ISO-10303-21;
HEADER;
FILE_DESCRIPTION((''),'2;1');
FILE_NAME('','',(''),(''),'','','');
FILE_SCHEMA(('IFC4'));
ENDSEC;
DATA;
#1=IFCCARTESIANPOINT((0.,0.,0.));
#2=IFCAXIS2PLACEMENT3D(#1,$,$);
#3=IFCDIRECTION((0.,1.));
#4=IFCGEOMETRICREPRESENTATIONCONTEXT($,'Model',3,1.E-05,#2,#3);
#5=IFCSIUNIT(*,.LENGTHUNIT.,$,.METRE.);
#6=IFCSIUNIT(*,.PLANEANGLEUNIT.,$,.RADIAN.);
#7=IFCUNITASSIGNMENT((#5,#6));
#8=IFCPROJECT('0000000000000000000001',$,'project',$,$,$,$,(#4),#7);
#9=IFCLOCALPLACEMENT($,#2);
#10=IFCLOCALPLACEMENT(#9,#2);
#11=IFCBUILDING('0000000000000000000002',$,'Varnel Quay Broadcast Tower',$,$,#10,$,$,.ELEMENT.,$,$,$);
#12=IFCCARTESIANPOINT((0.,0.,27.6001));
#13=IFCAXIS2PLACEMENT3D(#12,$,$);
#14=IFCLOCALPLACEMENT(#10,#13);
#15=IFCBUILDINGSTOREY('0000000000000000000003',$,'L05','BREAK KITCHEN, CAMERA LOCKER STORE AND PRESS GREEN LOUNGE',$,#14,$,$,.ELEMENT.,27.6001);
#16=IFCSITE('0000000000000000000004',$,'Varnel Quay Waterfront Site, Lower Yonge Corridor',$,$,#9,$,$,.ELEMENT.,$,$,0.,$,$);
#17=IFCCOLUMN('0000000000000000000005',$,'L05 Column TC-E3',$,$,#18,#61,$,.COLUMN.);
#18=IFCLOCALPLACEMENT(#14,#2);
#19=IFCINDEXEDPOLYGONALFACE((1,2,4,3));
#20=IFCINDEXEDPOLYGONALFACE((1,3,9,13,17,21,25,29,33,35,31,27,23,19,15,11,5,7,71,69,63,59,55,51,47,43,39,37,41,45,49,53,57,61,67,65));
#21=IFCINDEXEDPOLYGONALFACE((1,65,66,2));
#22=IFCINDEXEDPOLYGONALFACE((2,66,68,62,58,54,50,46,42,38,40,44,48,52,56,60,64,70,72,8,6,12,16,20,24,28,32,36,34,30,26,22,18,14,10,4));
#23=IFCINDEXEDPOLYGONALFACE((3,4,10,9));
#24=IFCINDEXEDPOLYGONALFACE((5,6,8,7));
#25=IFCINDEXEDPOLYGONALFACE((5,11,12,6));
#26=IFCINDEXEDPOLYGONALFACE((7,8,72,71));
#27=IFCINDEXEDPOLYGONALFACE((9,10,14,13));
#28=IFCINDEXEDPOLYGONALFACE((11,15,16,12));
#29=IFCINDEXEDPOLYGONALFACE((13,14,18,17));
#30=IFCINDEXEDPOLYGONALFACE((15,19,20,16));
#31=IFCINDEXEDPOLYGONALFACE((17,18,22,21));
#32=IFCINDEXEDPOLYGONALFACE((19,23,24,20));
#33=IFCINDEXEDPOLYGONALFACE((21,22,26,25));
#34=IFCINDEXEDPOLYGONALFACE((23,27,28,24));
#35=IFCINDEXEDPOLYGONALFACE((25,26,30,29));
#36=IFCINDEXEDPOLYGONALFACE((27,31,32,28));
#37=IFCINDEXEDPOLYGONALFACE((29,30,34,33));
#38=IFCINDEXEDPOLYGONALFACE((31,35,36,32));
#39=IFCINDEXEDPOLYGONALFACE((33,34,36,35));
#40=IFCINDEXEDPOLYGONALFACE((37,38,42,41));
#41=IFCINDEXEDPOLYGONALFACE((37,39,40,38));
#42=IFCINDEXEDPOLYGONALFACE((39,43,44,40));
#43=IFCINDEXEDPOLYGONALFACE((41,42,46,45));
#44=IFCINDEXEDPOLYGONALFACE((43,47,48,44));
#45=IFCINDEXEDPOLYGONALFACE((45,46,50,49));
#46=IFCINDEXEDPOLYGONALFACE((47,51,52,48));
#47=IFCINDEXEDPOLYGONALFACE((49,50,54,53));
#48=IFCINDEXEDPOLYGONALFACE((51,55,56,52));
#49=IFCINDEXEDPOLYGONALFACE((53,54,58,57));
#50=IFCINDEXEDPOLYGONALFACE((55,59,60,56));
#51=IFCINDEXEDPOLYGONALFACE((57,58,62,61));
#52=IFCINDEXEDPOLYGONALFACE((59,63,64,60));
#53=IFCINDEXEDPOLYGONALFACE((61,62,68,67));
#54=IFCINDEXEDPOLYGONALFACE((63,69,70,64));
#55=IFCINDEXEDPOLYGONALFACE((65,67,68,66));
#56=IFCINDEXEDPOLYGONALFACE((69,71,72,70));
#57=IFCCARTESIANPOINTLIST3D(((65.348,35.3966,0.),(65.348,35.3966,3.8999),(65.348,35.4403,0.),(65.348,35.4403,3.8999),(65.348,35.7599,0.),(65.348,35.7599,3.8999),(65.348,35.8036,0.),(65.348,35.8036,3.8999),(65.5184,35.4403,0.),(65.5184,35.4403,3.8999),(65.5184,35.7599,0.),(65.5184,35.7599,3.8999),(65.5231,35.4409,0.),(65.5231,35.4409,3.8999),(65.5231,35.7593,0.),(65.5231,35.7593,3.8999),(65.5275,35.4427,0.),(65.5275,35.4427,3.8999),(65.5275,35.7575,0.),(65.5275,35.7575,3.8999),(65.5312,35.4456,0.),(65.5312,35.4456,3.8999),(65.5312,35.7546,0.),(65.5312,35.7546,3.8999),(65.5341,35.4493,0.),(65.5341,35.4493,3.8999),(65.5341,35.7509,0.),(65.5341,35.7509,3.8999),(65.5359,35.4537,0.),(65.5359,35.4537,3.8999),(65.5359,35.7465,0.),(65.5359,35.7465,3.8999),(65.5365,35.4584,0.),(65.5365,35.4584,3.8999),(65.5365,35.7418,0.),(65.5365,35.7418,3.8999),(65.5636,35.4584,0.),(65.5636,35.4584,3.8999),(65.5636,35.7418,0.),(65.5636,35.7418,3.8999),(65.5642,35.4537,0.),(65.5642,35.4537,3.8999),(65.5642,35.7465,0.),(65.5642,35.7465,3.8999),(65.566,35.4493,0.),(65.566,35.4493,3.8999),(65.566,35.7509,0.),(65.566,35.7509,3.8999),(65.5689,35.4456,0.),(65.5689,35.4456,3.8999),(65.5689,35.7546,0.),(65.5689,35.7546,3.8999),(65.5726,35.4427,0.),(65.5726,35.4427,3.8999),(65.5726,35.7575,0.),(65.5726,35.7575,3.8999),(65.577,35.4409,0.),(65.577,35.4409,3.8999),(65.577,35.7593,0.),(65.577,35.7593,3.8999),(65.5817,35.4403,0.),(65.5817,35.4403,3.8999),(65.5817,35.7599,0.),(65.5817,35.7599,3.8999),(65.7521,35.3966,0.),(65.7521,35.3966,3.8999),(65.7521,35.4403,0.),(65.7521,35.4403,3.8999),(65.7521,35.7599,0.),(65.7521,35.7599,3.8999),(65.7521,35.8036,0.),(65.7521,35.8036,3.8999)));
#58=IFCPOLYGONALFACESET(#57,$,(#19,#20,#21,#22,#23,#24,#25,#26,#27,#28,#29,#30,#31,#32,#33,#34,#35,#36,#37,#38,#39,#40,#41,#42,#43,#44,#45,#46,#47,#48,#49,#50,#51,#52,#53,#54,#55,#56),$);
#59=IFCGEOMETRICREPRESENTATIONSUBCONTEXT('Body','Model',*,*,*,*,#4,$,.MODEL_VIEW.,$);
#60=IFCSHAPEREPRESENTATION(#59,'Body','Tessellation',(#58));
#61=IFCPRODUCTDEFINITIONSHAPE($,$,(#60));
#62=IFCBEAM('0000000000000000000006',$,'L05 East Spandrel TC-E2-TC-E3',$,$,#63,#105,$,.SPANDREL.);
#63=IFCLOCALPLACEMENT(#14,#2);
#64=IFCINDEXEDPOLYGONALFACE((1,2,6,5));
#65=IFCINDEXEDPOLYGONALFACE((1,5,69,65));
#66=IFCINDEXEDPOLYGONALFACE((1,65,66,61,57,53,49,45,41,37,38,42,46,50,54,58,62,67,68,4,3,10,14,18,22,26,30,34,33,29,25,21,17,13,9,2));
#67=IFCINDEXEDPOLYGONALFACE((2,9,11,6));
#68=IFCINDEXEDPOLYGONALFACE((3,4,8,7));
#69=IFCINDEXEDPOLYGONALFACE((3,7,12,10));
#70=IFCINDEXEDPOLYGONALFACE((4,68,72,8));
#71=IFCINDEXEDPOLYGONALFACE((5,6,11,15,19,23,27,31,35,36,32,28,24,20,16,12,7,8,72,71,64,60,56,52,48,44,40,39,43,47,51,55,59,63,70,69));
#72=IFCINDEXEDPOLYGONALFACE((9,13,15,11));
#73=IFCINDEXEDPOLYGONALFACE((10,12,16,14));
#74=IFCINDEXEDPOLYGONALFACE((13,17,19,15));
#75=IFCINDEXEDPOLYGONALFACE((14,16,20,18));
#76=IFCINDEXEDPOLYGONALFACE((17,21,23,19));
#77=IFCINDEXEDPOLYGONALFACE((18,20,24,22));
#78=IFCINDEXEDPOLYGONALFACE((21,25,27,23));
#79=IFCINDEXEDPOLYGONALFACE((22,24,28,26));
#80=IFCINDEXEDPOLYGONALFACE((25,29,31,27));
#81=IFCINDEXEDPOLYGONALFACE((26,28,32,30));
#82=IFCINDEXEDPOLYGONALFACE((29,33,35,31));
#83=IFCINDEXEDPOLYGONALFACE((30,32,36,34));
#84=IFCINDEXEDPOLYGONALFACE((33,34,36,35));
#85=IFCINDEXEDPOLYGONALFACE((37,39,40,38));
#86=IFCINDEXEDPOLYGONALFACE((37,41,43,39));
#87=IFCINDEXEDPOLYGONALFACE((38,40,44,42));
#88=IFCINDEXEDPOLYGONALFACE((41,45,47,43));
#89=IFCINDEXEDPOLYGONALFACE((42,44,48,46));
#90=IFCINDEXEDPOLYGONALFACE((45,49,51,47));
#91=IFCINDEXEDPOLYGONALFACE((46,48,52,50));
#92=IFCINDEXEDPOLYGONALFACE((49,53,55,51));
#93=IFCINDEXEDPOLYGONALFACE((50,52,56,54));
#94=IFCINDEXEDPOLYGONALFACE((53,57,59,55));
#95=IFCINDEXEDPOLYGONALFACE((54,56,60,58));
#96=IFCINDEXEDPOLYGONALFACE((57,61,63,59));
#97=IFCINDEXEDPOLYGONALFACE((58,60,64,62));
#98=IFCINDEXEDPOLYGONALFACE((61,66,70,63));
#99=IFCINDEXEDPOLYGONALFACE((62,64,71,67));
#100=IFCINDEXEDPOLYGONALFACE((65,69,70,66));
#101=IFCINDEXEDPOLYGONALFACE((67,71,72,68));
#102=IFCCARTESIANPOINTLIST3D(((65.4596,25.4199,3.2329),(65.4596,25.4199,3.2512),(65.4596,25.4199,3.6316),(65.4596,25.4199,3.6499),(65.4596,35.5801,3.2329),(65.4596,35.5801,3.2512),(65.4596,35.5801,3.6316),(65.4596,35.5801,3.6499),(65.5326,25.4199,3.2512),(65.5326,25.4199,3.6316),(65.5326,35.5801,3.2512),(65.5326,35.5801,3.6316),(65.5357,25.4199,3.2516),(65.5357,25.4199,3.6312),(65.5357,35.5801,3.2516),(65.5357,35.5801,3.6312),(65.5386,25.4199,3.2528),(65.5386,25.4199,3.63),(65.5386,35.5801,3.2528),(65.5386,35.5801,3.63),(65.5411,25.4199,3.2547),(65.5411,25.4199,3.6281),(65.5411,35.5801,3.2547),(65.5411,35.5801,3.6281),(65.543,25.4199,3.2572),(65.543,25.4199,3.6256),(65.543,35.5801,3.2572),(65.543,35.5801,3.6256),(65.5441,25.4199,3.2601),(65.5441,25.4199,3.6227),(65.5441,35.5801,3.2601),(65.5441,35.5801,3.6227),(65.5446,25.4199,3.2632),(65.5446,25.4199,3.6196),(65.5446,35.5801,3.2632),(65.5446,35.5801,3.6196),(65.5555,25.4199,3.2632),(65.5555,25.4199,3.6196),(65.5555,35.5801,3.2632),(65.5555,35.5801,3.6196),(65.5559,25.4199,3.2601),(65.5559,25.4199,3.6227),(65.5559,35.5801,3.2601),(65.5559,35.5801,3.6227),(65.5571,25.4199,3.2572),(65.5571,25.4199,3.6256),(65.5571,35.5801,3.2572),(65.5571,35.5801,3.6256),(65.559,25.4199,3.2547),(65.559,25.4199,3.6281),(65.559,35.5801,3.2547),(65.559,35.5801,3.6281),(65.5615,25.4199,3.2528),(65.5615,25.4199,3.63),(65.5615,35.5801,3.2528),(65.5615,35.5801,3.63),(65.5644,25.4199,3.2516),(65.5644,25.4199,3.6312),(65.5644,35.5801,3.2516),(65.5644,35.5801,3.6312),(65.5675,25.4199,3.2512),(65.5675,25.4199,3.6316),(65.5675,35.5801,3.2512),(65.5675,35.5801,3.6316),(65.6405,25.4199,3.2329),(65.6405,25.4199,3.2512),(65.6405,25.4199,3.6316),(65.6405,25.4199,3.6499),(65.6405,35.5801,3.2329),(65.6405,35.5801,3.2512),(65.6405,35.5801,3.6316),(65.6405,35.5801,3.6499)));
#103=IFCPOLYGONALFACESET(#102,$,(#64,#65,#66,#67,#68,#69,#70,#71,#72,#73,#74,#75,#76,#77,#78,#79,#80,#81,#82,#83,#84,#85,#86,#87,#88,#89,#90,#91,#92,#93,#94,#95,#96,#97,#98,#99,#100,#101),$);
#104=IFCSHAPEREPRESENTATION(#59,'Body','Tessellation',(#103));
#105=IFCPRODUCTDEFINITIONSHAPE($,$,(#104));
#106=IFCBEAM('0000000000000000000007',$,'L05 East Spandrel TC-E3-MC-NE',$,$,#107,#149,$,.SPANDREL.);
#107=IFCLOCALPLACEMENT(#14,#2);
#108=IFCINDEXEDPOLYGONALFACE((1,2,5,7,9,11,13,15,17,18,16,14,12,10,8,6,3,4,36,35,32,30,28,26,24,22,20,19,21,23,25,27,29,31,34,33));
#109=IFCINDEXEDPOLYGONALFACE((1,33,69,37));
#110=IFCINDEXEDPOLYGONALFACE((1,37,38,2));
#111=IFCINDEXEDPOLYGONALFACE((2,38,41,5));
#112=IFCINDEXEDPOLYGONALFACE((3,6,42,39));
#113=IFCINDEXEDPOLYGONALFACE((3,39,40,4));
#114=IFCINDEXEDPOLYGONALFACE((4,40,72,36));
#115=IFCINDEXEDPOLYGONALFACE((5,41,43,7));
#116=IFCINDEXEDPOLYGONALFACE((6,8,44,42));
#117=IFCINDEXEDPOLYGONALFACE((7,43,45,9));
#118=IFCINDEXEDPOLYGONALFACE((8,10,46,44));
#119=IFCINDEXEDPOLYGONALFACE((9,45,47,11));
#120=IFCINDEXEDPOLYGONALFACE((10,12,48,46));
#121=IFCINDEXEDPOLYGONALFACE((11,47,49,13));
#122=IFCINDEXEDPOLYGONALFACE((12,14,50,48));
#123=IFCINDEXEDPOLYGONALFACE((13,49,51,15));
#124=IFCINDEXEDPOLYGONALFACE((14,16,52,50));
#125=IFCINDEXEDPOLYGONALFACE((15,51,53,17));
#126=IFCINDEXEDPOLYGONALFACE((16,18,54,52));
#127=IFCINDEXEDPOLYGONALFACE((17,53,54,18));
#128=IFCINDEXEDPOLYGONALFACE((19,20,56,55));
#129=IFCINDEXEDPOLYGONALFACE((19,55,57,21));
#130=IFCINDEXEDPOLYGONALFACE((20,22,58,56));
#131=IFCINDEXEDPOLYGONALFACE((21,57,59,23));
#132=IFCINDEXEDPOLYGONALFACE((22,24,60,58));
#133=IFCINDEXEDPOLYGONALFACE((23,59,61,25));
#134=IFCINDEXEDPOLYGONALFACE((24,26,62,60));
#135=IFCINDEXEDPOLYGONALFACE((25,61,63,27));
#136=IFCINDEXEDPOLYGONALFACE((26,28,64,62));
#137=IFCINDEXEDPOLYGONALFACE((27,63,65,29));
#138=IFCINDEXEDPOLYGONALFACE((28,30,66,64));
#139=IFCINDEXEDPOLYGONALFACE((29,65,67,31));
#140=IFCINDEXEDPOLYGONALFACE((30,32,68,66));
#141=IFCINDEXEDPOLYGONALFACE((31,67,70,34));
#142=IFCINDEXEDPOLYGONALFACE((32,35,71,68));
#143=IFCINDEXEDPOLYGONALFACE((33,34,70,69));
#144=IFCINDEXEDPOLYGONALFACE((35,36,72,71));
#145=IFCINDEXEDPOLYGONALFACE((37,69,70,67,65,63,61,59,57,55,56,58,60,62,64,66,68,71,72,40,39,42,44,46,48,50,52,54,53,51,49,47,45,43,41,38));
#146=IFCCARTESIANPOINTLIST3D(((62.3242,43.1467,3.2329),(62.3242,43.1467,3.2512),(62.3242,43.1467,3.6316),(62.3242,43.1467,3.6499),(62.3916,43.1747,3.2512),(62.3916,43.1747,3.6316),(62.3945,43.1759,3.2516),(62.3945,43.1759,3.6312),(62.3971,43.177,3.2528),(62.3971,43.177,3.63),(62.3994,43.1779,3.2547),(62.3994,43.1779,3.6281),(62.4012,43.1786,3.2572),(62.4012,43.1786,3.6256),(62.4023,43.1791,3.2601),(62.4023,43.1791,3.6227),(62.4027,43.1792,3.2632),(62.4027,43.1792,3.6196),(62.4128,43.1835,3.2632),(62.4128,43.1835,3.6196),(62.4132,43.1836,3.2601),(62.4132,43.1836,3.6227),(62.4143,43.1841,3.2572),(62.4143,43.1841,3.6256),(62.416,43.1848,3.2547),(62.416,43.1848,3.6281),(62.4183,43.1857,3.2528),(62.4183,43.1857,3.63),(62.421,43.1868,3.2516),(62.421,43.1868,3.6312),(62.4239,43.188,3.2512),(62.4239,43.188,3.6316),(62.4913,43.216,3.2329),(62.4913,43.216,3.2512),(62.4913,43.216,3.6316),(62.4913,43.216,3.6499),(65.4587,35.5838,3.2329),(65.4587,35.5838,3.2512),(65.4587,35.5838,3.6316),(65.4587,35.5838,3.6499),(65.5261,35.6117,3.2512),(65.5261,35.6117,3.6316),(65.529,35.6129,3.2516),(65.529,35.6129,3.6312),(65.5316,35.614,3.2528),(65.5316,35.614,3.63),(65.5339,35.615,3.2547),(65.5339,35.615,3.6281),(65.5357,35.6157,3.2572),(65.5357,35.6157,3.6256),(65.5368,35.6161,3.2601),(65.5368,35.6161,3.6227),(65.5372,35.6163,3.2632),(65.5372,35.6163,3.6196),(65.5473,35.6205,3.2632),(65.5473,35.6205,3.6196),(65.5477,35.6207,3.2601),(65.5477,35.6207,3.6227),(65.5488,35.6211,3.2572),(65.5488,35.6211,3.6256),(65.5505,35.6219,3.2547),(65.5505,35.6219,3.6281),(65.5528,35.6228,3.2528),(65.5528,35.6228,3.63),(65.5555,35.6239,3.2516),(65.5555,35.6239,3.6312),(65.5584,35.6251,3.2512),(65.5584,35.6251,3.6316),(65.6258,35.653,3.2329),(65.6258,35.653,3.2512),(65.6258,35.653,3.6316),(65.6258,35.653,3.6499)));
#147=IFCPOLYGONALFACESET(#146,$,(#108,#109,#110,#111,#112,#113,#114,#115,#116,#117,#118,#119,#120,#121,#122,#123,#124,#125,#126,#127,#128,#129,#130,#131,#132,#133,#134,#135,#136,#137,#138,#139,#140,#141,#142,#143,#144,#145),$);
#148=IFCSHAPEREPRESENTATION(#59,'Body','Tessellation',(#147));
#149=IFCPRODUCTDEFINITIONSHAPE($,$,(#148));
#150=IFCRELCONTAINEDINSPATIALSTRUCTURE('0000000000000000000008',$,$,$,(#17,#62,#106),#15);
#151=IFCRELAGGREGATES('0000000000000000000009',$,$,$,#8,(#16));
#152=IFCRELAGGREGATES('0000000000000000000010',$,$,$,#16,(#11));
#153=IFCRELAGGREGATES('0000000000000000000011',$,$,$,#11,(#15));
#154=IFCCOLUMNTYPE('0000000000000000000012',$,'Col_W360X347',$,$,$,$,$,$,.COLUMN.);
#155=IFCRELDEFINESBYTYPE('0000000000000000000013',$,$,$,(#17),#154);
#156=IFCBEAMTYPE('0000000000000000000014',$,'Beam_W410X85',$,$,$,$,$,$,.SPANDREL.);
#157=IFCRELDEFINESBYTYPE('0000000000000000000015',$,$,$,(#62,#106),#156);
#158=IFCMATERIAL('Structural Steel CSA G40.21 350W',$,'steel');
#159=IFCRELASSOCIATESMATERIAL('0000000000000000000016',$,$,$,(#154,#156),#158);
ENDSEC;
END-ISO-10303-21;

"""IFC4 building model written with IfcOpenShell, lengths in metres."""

from ifc_helpers import new_model, si_unit, direction, frame, origin, origin_2d, place, context, subcontext, project, spatial, i_section, extrude, source, transform, mapped, material, material_profile, profile_set, type_object, type_shapes, element, save


model = new_model("IFC4")

# Units and contexts
model_context = context("Model", 3, precision=1e-05, world=origin(), true_north=direction((0.0, 1.0)))
body_context = subcontext(model_context, "Body", "Model", "MODEL_VIEW")
ifc_project = project(units=[si_unit("LENGTHUNIT", "METRE"), si_unit("PLANEANGLEUNIT", "RADIAN")], contexts=[model_context])

# Site, building, storey
site_placement = place(None, origin())
site = spatial("IfcSite", under=ifc_project, at=site_placement, Name="Varnel Quay Waterfront Site, Lower Yonge Corridor", CompositionType="ELEMENT", RefElevation=0.0)
building_placement = place(site_placement, origin())
building = spatial("IfcBuilding", under=site, at=building_placement, Name="Varnel Quay Broadcast Tower", CompositionType="ELEMENT")
storey_placement = place(building_placement, frame((0.0, 0.0, 27.6001)))
storey = spatial("IfcBuildingStorey", under=building, at=storey_placement, Name="L05", Description="BREAK KITCHEN, CAMERA LOCKER STORE AND PRESS GREEN LOUNGE", CompositionType="ELEMENT", Elevation=27.6001)

# Column
ifc_material_1 = material(Name="Structural Steel CSA G40.21 350W", Category="steel")
ifc_material_profile_1 = material_profile(ifc_material_1, i_section(OverallWidth=0.4041, OverallDepth=0.407, WebThickness=0.0271, FlangeThickness=0.0437, FilletRadius=0.0181, at=origin_2d()), Name="W360X347")
ifc_profile_set_1 = profile_set([ifc_material_profile_1], Name="Structural Steel CSA G40.21 350W")
column_type_1 = type_object("IfcColumnType", Name="Col_W360X347", PredefinedType="COLUMN", material=ifc_profile_set_1)
shared_shape_1 = source(origin(), body_context, "Body", "SweptSolid", [
    extrude(i_section(OverallWidth=0.4041, OverallDepth=0.407, WebThickness=0.0271, FlangeThickness=0.0437, FilletRadius=0.0181, at=origin_2d()), origin(), (0.0, 0.0, 1.0), 3.8999),
])
type_shapes(column_type_1, [shared_shape_1])
for number, where, z_axis, x_axis, name in (
    (1, (65.55, 35.6001, 0.0), (0.0, 0.0, 1.0), (1.0, 0.0, 0.0), "L05 Column TC-E3"),
):
    element("IfcColumn", number, at=place(storey_placement, frame(where, z_axis=z_axis, x_axis=x_axis)), inside=storey, type_object=column_type_1, Name=name, PredefinedType="COLUMN", context=body_context, shape_type="MappedRepresentation", body=[
        mapped(shared_shape_1, transform((0.0, 0.0, 0.0), x_axis=(1.0, 0.0, 0.0), y_axis=(0.0, 1.0, 0.0), z_axis=(0.0, 0.0, 1.0), scale=1.0)),
    ])

# Beams
ifc_material_profile_2 = material_profile(ifc_material_1, i_section(OverallWidth=0.1809, OverallDepth=0.417, WebThickness=0.011, FlangeThickness=0.0183, FilletRadius=0.012, at=origin_2d()), Name="W410X85")
ifc_profile_set_2 = profile_set([ifc_material_profile_2], Name="Structural Steel CSA G40.21 350W")
beam_type_1 = type_object("IfcBeamType", Name="Beam_W410X85", PredefinedType="SPANDREL", material=ifc_profile_set_2)
shared_shape_2 = source(origin(), body_context, "Body", "SweptSolid", [
    extrude(i_section(OverallWidth=0.1809, OverallDepth=0.417, WebThickness=0.011, FlangeThickness=0.0183, FilletRadius=0.012, at=origin_2d()), origin(), (0.0, 0.0, 1.0), 10.1602),
])
beam_1_placement = place(storey_placement, frame((65.55, 25.4199, 3.4414), z_axis=(0.0, 1.0, 0.0), x_axis=(-1.0, 0.0, 0.0)))
element("IfcBeam", 2, at=beam_1_placement, inside=storey, type_object=beam_type_1, Name="L05 East Spandrel TC-E2-TC-E3", PredefinedType="SPANDREL", context=body_context, shape_type="MappedRepresentation", body=[
    mapped(shared_shape_2, transform((0.0, 0.0, 0.0), x_axis=(1.0, 0.0, 0.0), y_axis=(0.0, 1.0, 0.0), z_axis=(0.0, 0.0, 1.0), scale=1.0)),
])
shared_shape_3 = source(origin(), body_context, "Body", "SweptSolid", [
    extrude(i_section(OverallWidth=0.1809, OverallDepth=0.417, WebThickness=0.011, FlangeThickness=0.0183, FilletRadius=0.012, at=origin_2d()), origin(), (0.0, 0.0, 1.0), 8.1868),
])
beam_2_placement = place(storey_placement, frame((65.5422, 35.6184, 3.4414), z_axis=(-0.382874, 0.923801, 0.0), x_axis=(-0.923801, -0.382874, 0.0)))
element("IfcBeam", 3, at=beam_2_placement, inside=storey, type_object=beam_type_1, Name="L05 East Spandrel TC-E3-MC-NE", PredefinedType="SPANDREL", context=body_context, shape_type="MappedRepresentation", body=[
    mapped(shared_shape_3, transform((0.0, 0.0, 0.0), x_axis=(1.0, 0.0, 0.0), y_axis=(0.0, 1.0, 0.0), z_axis=(0.0, 0.0, 1.0), scale=1.0)),
])

save(model, "model.ifc")
